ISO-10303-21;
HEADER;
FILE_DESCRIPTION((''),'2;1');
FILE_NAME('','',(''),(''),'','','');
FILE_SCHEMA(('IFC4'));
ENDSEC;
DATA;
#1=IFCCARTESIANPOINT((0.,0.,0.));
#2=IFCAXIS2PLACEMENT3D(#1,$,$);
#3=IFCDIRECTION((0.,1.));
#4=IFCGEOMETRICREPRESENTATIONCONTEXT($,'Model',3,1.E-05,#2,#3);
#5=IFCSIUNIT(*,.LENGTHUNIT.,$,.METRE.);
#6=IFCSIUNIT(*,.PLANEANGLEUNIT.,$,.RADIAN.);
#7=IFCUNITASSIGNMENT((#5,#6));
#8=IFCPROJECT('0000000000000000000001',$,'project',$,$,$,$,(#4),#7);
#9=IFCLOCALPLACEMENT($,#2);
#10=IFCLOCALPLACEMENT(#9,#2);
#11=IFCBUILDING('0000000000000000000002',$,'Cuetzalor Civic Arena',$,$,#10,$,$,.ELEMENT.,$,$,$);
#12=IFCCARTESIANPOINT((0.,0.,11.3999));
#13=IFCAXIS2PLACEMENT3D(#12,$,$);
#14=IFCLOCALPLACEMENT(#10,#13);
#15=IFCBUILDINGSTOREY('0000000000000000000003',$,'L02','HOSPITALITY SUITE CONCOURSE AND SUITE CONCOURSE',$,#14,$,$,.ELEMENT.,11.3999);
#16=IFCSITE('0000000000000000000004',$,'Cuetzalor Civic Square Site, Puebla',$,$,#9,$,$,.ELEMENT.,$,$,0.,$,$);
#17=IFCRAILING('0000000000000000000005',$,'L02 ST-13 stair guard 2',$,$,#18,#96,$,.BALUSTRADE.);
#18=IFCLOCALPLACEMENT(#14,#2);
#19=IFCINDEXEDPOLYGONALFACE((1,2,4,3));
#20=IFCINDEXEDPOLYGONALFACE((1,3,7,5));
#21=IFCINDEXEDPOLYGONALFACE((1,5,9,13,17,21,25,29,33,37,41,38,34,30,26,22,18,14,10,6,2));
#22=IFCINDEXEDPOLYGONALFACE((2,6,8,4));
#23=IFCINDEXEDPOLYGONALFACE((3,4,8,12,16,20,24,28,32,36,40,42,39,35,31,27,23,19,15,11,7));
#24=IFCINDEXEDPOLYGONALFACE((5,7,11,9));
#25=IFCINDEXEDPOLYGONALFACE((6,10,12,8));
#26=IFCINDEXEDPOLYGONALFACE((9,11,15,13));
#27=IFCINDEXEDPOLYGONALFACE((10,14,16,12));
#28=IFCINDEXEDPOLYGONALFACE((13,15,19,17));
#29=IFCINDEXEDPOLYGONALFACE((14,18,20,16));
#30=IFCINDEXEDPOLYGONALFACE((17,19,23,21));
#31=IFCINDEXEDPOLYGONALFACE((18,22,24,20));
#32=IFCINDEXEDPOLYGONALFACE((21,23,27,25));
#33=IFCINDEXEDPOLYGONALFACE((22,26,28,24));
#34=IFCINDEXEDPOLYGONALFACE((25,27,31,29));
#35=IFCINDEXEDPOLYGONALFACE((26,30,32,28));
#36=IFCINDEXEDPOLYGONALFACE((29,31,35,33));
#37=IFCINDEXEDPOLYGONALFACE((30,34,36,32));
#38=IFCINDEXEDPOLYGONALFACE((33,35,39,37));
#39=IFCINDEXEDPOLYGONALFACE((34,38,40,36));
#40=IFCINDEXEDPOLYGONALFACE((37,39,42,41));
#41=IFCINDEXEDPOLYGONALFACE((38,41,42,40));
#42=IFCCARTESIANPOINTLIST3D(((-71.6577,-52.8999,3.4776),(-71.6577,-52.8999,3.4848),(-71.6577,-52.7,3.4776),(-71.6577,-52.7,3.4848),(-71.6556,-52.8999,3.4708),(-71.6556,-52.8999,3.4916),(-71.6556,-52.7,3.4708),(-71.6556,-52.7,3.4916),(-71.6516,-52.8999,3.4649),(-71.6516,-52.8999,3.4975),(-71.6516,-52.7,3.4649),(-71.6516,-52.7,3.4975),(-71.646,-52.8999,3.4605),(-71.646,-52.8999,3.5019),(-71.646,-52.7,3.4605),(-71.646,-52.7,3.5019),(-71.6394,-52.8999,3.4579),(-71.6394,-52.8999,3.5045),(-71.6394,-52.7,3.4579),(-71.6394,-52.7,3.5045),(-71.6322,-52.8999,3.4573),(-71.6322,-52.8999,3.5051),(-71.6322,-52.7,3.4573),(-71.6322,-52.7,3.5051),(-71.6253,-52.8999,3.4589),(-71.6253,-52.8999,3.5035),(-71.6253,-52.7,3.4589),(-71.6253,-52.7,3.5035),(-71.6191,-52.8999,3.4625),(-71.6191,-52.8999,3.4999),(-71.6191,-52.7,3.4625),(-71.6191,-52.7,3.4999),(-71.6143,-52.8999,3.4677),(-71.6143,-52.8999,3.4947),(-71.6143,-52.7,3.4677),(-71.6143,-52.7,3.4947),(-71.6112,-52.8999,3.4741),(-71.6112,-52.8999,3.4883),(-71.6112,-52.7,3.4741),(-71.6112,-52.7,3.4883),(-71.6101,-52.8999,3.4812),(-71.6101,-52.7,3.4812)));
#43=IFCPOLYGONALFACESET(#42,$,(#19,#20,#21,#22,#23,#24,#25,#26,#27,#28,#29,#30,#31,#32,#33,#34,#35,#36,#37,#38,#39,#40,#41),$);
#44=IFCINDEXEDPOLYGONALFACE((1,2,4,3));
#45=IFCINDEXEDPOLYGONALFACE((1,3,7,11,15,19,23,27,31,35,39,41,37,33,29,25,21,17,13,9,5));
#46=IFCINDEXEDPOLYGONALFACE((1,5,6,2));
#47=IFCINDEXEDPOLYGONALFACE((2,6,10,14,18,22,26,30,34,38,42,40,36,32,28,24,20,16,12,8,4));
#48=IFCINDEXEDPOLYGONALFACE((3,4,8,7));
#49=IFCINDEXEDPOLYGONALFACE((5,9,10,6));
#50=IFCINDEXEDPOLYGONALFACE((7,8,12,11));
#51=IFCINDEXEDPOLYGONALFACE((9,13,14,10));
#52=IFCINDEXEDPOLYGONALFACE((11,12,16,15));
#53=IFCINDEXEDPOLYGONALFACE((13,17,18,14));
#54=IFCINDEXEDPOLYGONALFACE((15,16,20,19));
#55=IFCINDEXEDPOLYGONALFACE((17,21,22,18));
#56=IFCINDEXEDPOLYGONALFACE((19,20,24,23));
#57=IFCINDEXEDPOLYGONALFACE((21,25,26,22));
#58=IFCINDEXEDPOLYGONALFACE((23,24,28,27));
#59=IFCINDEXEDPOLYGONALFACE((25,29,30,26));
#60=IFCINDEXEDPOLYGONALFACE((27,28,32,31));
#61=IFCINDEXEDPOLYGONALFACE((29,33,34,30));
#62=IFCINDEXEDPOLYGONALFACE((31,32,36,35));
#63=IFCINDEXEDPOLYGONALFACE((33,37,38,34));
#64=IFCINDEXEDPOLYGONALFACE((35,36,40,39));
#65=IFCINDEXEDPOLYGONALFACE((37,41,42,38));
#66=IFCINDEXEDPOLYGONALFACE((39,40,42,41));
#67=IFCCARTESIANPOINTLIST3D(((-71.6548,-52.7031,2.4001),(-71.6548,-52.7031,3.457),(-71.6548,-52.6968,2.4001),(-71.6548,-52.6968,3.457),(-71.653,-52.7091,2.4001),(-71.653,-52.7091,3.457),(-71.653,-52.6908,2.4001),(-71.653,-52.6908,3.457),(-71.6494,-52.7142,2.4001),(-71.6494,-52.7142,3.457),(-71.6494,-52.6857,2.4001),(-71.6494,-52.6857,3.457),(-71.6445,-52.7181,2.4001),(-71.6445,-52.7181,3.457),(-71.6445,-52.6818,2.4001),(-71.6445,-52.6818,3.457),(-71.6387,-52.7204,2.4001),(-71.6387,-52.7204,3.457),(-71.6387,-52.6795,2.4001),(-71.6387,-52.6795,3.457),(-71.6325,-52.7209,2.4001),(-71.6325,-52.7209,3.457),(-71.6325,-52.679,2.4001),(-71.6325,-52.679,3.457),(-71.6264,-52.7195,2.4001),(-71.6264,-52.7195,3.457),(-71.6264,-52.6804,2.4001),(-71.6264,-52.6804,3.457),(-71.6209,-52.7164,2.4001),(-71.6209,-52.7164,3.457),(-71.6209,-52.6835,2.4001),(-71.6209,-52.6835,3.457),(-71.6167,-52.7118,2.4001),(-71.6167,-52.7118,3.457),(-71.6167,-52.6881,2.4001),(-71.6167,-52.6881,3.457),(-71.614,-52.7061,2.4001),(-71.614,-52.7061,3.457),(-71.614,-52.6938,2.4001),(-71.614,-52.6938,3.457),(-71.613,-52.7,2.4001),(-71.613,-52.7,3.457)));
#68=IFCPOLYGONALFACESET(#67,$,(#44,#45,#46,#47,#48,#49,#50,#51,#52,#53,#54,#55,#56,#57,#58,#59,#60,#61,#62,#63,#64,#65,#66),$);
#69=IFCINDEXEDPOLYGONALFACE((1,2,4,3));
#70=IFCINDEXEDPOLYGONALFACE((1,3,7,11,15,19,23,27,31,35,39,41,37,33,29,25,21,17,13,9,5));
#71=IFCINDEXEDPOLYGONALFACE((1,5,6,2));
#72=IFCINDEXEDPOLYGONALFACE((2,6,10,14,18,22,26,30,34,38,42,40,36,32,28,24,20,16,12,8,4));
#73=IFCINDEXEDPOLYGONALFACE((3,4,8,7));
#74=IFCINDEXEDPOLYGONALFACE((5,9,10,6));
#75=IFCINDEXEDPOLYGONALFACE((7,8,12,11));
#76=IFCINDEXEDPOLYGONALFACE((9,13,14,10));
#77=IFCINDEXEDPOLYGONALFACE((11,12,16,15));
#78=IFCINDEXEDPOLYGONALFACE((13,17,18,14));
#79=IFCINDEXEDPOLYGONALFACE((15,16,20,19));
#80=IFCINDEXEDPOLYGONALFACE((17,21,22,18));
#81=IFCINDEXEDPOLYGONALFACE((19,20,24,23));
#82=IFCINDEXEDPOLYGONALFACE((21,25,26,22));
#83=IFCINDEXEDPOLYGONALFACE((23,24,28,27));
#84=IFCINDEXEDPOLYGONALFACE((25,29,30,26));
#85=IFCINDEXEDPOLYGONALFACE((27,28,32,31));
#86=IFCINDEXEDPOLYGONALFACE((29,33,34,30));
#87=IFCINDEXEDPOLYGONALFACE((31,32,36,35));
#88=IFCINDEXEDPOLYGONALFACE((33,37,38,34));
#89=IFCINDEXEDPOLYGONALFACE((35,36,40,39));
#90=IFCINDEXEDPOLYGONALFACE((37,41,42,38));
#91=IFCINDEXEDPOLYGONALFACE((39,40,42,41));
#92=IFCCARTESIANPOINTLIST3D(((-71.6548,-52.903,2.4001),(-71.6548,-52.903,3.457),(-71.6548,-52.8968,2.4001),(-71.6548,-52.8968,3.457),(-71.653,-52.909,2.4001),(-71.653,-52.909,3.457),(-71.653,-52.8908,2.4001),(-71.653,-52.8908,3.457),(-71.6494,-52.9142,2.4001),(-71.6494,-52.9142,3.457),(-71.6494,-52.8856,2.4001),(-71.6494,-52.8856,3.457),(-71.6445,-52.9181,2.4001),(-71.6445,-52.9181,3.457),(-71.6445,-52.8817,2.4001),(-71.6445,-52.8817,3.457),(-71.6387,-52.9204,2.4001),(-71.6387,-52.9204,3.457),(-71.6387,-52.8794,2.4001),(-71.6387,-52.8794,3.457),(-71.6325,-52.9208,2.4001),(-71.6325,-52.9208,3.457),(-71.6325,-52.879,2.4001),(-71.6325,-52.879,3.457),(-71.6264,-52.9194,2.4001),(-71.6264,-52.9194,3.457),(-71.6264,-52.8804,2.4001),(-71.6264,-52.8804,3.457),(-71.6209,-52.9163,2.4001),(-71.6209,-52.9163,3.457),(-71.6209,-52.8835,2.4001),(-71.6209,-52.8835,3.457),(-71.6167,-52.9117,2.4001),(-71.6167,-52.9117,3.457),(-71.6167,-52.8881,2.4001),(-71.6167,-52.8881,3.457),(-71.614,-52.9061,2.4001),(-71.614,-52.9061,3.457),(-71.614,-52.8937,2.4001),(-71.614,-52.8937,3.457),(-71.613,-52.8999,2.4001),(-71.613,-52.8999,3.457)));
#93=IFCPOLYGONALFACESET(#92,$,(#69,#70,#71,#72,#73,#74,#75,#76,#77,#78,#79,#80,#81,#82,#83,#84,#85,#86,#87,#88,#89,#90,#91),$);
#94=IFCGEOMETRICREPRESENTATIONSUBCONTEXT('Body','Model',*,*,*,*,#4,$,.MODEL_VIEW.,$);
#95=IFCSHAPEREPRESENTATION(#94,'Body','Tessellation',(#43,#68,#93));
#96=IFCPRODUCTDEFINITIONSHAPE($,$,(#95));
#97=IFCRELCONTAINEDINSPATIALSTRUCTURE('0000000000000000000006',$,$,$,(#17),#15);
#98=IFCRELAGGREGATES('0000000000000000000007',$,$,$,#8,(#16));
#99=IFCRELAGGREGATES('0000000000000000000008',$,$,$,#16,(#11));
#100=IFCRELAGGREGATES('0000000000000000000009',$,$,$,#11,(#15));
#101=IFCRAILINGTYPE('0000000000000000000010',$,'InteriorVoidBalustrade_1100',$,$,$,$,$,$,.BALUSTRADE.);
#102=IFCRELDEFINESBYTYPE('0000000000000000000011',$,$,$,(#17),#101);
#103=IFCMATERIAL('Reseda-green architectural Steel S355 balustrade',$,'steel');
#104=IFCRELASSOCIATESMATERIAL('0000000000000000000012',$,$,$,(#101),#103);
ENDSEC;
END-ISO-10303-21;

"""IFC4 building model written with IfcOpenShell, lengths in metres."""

from ifc_helpers import new_model, si_unit, direction, frame, origin, origin_2d, place, context, subcontext, project, spatial, circle, extrude, material, type_object, element, save


model = new_model("IFC4")

# Units and contexts
model_context = context("Model", 3, precision=1e-05, world=origin(), true_north=direction((0.0, 1.0)))
body_context = subcontext(model_context, "Body", "Model", "MODEL_VIEW")
ifc_project = project(units=[si_unit("LENGTHUNIT", "METRE"), si_unit("PLANEANGLEUNIT", "RADIAN")], contexts=[model_context])

# Site, building, storey
site_placement = place(None, origin())
site = spatial("IfcSite", under=ifc_project, at=site_placement, Name="Cuetzalor Civic Square Site, Puebla", CompositionType="ELEMENT", RefElevation=0.0)
building_placement = place(site_placement, origin())
building = spatial("IfcBuilding", under=site, at=building_placement, Name="Cuetzalor Civic Arena", CompositionType="ELEMENT")
storey_placement = place(building_placement, frame((0.0, 0.0, 11.3999)))
storey = spatial("IfcBuildingStorey", under=building, at=storey_placement, Name="L02", Description="HOSPITALITY SUITE CONCOURSE AND SUITE CONCOURSE", CompositionType="ELEMENT", Elevation=11.3999)

# Railing
ifc_material_1 = material(Name="Reseda-green architectural Steel S355 balustrade", Category="steel")
railing_type_1 = type_object("IfcRailingType", Name="InteriorVoidBalustrade_1100", PredefinedType="BALUSTRADE", material=ifc_material_1)
railing_1_placement = place(storey_placement, frame((-71.634, -52.7, 2.4001)))
element("IfcRailing", 1, at=railing_1_placement, inside=storey, type_object=railing_type_1, Name="L02 ST-13 stair guard 2", PredefinedType="BALUSTRADE", context=body_context, shape_type="SweptSolid", body=[
    extrude(circle(Radius=0.0239, at=origin_2d()), frame((0.0, 0.0, 1.0811), z_axis=(0.0, -1.0, 0.0), x_axis=(1.0, 0.0, 0.0)), (0.0, 0.0, 1.0), 0.2),
    extrude(circle(Radius=0.021, at=origin_2d()), origin(), (0.0, 0.0, 1.0), 1.0569),
    extrude(circle(Radius=0.021, at=origin_2d()), frame((0.0, -0.2, 0.0)), (0.0, 0.0, 1.0), 1.0569),
])

save(model, "model.ifc")
